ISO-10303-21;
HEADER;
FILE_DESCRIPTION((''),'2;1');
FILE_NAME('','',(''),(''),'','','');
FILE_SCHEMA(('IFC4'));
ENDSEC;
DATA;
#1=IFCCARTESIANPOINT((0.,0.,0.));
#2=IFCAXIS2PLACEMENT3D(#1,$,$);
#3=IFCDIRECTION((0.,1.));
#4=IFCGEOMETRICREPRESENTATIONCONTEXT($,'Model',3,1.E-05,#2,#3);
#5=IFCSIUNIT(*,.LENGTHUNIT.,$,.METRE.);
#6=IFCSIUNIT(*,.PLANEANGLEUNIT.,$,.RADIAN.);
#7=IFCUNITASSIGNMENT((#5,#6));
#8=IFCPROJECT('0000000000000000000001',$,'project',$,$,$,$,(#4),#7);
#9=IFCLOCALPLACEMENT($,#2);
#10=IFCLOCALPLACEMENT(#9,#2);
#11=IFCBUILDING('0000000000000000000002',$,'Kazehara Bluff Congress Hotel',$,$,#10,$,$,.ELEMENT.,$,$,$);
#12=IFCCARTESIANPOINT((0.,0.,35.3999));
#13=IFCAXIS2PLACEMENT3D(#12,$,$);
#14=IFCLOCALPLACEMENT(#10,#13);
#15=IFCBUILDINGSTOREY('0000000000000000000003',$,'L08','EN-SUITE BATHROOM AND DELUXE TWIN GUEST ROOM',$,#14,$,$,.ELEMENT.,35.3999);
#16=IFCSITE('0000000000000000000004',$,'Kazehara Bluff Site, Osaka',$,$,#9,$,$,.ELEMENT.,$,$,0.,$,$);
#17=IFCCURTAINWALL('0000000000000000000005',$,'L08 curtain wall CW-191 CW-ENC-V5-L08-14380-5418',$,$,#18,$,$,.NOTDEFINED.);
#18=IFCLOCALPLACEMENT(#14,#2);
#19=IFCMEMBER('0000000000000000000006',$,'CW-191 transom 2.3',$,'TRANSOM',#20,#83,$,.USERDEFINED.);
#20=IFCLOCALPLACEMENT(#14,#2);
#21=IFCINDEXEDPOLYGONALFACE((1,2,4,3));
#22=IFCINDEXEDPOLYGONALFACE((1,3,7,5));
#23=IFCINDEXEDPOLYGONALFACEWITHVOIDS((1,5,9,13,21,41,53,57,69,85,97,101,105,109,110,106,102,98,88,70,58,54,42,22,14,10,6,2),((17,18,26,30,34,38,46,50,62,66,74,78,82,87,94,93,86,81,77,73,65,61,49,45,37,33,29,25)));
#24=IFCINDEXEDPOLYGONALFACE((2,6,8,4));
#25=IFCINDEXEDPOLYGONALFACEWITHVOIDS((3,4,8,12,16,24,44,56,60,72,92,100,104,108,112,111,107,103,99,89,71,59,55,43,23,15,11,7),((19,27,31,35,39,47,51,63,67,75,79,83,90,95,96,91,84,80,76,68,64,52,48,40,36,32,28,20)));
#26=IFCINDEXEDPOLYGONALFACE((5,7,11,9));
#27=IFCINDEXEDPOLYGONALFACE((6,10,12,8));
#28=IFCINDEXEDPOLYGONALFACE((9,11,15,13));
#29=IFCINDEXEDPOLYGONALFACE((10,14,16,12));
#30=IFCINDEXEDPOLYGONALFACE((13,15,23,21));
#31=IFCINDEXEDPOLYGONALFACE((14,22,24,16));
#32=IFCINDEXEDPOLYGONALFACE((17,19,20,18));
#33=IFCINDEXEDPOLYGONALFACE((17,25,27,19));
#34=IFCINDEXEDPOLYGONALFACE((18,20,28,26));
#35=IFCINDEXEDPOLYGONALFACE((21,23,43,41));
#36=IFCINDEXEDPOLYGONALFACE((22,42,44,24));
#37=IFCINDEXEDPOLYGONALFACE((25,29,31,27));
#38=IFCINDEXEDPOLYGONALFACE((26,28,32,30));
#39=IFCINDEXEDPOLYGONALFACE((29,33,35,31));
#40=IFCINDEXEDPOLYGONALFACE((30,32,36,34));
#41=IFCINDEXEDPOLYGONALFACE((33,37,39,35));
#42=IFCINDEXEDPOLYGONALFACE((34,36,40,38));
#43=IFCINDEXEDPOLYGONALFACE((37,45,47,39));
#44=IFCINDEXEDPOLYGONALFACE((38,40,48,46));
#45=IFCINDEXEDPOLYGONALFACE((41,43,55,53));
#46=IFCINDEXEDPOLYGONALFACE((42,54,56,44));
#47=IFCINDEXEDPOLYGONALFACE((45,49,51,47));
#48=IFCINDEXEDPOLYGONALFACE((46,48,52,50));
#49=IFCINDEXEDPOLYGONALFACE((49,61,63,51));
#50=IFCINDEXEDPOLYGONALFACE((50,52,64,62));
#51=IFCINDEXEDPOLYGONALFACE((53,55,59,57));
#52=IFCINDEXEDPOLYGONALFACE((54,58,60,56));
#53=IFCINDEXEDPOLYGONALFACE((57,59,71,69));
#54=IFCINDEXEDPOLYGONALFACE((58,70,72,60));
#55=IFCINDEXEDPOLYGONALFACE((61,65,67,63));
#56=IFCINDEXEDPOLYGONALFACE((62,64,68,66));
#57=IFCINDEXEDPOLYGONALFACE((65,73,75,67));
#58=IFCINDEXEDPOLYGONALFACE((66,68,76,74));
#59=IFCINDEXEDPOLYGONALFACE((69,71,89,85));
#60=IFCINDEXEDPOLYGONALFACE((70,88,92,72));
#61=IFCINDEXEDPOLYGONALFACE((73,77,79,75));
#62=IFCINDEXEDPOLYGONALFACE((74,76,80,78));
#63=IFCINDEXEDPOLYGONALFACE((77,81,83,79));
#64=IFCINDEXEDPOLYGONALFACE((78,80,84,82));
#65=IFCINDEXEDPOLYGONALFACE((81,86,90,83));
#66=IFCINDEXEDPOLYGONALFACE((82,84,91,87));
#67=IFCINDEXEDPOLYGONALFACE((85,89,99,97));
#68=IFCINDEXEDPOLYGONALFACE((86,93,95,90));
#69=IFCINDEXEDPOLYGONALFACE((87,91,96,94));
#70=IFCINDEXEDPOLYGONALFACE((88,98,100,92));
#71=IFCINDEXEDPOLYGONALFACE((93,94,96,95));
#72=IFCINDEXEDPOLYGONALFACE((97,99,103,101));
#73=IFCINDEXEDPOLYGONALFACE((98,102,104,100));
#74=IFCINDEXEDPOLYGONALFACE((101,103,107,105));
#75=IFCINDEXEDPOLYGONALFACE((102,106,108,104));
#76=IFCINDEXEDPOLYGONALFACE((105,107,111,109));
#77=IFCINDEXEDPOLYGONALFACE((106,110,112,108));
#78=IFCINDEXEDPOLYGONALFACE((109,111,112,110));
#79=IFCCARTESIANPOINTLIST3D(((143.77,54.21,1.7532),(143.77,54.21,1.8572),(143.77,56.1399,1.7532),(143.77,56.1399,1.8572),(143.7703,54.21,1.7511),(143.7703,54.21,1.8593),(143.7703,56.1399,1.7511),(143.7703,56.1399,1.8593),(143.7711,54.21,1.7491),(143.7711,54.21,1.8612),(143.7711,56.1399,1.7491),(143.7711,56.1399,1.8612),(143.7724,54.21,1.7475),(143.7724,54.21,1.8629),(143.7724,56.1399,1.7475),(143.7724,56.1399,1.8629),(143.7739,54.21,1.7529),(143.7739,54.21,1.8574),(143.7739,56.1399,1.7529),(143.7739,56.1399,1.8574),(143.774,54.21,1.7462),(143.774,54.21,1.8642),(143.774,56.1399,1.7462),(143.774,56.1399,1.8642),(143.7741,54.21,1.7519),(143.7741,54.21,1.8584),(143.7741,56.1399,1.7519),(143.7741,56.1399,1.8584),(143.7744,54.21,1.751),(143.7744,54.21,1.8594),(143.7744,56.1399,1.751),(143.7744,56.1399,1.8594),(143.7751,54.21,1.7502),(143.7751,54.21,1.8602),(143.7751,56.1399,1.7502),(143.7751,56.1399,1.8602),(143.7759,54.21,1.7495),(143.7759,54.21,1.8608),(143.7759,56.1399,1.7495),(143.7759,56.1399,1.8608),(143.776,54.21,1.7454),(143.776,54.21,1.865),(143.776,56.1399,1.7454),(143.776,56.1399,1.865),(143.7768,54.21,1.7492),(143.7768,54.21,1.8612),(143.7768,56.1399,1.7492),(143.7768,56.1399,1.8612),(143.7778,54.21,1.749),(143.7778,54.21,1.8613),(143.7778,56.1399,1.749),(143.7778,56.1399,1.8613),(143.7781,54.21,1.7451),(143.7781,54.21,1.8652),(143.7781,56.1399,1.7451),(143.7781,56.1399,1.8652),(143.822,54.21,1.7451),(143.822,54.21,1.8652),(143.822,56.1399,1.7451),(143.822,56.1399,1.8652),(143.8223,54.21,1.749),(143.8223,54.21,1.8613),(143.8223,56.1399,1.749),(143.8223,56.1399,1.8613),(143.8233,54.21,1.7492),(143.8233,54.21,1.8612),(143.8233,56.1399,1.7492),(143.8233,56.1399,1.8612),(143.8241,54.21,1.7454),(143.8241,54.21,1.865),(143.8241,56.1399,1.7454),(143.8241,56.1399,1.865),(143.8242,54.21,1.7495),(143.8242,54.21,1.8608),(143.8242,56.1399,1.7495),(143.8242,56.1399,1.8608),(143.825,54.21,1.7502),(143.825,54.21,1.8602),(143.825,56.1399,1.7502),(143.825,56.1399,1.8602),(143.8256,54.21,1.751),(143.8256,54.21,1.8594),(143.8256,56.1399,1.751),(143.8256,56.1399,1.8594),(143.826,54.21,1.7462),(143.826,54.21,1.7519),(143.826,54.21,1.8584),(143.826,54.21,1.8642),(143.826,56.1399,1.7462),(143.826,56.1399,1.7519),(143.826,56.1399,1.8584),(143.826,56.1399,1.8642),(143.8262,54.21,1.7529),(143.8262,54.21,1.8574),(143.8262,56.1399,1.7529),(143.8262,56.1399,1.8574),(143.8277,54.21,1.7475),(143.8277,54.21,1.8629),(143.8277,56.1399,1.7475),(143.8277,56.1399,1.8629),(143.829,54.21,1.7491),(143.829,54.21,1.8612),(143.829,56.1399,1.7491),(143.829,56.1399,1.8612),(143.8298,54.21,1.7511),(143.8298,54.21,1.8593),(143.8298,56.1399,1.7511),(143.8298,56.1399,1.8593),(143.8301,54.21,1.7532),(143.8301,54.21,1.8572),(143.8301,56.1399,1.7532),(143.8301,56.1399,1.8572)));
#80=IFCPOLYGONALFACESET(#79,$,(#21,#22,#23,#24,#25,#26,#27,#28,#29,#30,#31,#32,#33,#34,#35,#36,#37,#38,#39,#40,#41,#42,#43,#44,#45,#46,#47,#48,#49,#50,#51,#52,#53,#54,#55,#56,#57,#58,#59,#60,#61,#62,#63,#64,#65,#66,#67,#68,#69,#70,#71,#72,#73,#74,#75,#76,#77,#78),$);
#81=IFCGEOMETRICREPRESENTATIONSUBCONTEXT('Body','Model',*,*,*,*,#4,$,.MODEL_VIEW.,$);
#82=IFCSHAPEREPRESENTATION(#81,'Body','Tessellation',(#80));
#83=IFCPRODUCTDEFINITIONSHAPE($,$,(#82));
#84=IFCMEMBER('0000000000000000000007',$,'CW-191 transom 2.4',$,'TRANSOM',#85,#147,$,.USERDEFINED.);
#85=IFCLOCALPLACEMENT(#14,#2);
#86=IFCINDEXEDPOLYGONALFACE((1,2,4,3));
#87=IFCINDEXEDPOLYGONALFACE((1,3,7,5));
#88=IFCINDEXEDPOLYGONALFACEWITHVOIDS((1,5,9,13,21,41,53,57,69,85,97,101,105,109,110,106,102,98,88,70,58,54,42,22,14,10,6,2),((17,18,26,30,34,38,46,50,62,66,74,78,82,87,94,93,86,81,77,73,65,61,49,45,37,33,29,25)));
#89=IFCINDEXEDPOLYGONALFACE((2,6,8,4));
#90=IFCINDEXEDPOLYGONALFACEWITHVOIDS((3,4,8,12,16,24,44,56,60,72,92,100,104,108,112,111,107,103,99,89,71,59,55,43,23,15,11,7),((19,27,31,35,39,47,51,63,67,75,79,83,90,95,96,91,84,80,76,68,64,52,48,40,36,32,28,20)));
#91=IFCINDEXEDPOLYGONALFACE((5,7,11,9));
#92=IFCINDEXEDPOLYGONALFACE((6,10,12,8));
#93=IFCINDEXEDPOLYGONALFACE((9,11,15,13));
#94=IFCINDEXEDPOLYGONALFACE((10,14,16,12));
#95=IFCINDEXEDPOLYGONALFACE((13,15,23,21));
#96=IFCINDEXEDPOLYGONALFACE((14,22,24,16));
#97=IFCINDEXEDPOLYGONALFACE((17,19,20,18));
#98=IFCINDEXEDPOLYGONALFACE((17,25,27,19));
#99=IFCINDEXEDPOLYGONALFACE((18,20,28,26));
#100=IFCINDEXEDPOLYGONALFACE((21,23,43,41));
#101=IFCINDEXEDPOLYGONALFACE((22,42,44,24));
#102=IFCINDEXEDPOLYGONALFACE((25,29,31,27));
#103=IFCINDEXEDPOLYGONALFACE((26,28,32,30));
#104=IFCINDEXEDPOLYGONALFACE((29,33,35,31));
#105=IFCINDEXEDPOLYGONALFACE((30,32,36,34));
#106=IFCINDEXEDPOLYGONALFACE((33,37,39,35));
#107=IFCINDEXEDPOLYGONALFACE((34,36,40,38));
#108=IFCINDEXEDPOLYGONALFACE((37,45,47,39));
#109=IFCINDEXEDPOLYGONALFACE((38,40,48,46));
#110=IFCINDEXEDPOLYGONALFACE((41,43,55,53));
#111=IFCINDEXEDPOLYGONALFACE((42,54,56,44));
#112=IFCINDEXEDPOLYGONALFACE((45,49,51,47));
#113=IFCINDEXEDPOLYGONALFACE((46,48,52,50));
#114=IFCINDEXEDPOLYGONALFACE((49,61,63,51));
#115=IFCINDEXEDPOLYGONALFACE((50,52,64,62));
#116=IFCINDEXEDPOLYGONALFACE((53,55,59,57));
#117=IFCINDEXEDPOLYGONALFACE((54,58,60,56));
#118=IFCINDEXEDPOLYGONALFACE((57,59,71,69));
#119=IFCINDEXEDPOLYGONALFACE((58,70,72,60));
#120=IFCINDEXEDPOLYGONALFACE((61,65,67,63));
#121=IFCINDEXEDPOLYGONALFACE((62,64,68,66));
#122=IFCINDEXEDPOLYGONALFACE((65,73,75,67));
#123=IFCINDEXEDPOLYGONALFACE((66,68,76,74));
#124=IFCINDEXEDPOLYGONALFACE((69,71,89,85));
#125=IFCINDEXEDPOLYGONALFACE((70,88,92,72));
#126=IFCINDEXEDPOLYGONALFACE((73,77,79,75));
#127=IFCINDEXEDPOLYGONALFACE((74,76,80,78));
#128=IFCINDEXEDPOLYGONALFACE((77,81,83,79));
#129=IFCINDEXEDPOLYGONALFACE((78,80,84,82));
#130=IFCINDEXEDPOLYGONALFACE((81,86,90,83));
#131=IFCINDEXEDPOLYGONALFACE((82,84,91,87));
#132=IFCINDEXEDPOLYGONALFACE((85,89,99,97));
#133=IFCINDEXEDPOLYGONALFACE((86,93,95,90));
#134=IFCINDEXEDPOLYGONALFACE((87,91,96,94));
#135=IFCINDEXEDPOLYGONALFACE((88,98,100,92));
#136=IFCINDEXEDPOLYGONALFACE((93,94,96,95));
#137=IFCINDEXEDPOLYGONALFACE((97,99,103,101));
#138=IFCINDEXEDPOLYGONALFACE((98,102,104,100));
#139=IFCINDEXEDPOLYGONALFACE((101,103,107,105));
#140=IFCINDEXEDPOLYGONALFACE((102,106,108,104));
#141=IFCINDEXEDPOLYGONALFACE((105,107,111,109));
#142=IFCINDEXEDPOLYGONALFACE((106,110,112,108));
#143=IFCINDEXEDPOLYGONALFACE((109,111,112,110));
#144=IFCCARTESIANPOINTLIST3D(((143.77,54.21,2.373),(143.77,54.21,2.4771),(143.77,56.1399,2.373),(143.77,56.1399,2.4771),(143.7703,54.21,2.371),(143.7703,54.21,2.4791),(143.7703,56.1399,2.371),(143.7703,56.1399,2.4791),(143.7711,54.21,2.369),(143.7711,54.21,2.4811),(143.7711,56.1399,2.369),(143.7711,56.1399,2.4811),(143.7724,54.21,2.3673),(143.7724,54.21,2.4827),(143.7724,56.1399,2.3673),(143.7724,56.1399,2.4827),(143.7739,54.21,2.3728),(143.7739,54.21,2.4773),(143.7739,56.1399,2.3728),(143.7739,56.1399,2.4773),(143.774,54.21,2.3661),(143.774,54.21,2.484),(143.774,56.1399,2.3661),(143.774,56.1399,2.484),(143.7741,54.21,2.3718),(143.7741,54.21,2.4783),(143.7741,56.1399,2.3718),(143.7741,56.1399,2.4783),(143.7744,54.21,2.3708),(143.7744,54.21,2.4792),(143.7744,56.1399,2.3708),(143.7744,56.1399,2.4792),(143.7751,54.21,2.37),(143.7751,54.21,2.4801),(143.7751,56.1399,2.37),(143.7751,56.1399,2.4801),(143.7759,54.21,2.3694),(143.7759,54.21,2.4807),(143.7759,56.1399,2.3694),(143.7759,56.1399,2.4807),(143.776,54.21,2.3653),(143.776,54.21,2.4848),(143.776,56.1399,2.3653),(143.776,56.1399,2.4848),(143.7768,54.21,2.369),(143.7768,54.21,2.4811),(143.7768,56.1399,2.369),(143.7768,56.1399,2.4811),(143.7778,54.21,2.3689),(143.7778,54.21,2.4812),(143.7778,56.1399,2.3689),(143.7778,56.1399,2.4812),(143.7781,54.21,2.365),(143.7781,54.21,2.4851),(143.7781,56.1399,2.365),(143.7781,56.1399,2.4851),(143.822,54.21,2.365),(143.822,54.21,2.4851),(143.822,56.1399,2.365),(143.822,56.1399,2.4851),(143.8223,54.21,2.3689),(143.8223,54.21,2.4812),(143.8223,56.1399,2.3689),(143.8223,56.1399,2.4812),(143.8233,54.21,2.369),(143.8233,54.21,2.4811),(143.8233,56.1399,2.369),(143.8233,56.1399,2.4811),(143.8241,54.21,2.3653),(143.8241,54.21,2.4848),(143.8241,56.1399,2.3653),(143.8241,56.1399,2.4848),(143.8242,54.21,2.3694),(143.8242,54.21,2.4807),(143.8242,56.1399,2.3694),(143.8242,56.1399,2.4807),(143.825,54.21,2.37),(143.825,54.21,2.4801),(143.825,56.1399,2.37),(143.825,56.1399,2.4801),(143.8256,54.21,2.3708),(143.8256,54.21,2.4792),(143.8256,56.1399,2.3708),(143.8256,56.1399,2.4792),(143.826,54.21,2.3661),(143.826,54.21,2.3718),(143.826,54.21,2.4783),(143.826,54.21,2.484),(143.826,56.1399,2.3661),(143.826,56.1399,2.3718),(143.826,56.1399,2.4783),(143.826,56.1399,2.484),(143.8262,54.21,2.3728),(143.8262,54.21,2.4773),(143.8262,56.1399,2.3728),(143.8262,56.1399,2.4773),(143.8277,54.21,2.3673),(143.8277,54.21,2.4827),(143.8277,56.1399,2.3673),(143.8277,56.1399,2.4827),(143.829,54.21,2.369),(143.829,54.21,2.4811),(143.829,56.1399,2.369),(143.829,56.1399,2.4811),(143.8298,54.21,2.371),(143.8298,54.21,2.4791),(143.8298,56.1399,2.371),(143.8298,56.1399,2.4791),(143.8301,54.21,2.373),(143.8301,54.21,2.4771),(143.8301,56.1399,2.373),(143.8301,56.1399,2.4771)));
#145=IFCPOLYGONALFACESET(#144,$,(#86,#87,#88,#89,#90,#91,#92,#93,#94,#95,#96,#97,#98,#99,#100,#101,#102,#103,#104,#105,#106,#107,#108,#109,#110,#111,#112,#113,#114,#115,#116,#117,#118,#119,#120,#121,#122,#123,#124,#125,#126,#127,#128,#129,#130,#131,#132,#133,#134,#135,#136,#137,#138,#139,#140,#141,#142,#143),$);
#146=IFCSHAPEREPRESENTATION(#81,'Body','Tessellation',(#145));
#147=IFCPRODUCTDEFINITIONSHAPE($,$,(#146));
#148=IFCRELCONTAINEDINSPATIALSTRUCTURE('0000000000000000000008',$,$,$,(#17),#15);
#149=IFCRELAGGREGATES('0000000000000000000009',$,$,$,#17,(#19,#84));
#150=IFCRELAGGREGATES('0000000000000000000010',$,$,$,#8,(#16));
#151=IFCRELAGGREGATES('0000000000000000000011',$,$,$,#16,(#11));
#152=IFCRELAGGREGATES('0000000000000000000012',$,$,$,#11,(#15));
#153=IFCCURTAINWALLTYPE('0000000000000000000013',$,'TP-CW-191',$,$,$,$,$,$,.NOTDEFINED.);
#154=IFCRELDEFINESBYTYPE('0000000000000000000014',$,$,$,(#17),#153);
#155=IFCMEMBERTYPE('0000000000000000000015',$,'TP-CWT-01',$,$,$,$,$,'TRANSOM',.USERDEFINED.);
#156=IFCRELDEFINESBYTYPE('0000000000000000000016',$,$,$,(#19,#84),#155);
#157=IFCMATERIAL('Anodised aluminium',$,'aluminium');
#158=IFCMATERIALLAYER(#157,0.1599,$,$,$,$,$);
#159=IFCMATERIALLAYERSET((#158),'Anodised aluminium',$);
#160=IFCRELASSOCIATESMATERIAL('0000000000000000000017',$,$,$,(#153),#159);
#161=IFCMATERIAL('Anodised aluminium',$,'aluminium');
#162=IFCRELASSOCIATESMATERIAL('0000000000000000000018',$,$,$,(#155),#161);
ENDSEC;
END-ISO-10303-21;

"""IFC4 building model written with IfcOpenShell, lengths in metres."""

from ifc_helpers import new_model, si_unit, direction, frame, origin, origin_2d, place, context, subcontext, project, spatial, hollow_rectangle, extrude, material, layer, layer_set, material_profile, profile_set, type_object, element, aggregate, save


model = new_model("IFC4")

# Units and contexts
model_context = context("Model", 3, precision=1e-05, world=origin(), true_north=direction((0.0, 1.0)))
body_context = subcontext(model_context, "Body", "Model", "MODEL_VIEW")
ifc_project = project(units=[si_unit("LENGTHUNIT", "METRE"), si_unit("PLANEANGLEUNIT", "RADIAN")], contexts=[model_context])

# Site, building, storey
site_placement = place(None, origin())
site = spatial("IfcSite", under=ifc_project, at=site_placement, Name="Kazehara Bluff Site, Osaka", CompositionType="ELEMENT", RefElevation=0.0)
building_placement = place(site_placement, origin())
building = spatial("IfcBuilding", under=site, at=building_placement, Name="Kazehara Bluff Congress Hotel", CompositionType="ELEMENT")
storey_placement = place(building_placement, frame((0.0, 0.0, 35.3999)))
storey = spatial("IfcBuildingStorey", under=building, at=storey_placement, Name="L08", Description="EN-SUITE BATHROOM AND DELUXE TWIN GUEST ROOM", CompositionType="ELEMENT", Elevation=35.3999)

# Curtain wall
ifc_material_1 = material(Name="Anodised aluminium", Category="aluminium")
ifc_layer_1 = layer(ifc_material_1, 0.1599)
ifc_layer_set_1 = layer_set([ifc_layer_1], Name="Anodised aluminium")
curtain_wall_type_1 = type_object("IfcCurtainWallType", Name="TP-CW-191", PredefinedType="NOTDEFINED", material=ifc_layer_set_1)
curtain_wall_1_placement = place(storey_placement, origin())
curtain_wall_1 = element("IfcCurtainWall", 1, at=curtain_wall_1_placement, inside=storey, type_object=curtain_wall_type_1, Name="L08 curtain wall CW-191 CW-ENC-V5-L08-14380-5418", PredefinedType="NOTDEFINED")

# Members
ifc_material_2 = material(Name="Anodised aluminium", Category="aluminium")
ifc_material_profile_1 = material_profile(ifc_material_2, hollow_rectangle(XDim=0.0601, YDim=0.1201, WallThickness=0.0039, InnerFilletRadius=0.0039, OuterFilletRadius=0.0081, at=origin_2d()))
ifc_profile_set_1 = profile_set([ifc_material_profile_1], Name="Anodised aluminium")
member_type_1 = type_object("IfcMemberType", Name="TP-CWT-01", ElementType="TRANSOM", PredefinedType="USERDEFINED", material=ifc_profile_set_1)
member_1_placement = place(storey_placement, frame((143.8, 54.21, 1.8052), z_axis=(0.0, 1.0, 0.0), x_axis=(-1.0, 0.0, 0.0)))
member_1 = element("IfcMember", 2, at=member_1_placement, type_object=member_type_1, Name="CW-191 transom 2.3", ObjectType="TRANSOM", PredefinedType="USERDEFINED", context=body_context, shape_type="SweptSolid", body=[
    extrude(hollow_rectangle(XDim=0.0601, YDim=0.1201, WallThickness=0.0039, InnerFilletRadius=0.0039, OuterFilletRadius=0.0081, at=origin_2d()), origin(), (0.0, 0.0, 1.0), 1.9299),
])
member_2_placement = place(storey_placement, frame((143.8, 54.21, 2.425), z_axis=(0.0, 1.0, 0.0), x_axis=(-1.0, 0.0, 0.0)))
member_2 = element("IfcMember", 3, at=member_2_placement, type_object=member_type_1, Name="CW-191 transom 2.4", ObjectType="TRANSOM", PredefinedType="USERDEFINED", context=body_context, shape_type="SweptSolid", body=[
    extrude(hollow_rectangle(XDim=0.0601, YDim=0.1201, WallThickness=0.0039, InnerFilletRadius=0.0039, OuterFilletRadius=0.0081, at=origin_2d()), origin(), (0.0, 0.0, 1.0), 1.9299),
])

aggregate(curtain_wall_1, [member_1, member_2])

save(model, "model.ifc")
